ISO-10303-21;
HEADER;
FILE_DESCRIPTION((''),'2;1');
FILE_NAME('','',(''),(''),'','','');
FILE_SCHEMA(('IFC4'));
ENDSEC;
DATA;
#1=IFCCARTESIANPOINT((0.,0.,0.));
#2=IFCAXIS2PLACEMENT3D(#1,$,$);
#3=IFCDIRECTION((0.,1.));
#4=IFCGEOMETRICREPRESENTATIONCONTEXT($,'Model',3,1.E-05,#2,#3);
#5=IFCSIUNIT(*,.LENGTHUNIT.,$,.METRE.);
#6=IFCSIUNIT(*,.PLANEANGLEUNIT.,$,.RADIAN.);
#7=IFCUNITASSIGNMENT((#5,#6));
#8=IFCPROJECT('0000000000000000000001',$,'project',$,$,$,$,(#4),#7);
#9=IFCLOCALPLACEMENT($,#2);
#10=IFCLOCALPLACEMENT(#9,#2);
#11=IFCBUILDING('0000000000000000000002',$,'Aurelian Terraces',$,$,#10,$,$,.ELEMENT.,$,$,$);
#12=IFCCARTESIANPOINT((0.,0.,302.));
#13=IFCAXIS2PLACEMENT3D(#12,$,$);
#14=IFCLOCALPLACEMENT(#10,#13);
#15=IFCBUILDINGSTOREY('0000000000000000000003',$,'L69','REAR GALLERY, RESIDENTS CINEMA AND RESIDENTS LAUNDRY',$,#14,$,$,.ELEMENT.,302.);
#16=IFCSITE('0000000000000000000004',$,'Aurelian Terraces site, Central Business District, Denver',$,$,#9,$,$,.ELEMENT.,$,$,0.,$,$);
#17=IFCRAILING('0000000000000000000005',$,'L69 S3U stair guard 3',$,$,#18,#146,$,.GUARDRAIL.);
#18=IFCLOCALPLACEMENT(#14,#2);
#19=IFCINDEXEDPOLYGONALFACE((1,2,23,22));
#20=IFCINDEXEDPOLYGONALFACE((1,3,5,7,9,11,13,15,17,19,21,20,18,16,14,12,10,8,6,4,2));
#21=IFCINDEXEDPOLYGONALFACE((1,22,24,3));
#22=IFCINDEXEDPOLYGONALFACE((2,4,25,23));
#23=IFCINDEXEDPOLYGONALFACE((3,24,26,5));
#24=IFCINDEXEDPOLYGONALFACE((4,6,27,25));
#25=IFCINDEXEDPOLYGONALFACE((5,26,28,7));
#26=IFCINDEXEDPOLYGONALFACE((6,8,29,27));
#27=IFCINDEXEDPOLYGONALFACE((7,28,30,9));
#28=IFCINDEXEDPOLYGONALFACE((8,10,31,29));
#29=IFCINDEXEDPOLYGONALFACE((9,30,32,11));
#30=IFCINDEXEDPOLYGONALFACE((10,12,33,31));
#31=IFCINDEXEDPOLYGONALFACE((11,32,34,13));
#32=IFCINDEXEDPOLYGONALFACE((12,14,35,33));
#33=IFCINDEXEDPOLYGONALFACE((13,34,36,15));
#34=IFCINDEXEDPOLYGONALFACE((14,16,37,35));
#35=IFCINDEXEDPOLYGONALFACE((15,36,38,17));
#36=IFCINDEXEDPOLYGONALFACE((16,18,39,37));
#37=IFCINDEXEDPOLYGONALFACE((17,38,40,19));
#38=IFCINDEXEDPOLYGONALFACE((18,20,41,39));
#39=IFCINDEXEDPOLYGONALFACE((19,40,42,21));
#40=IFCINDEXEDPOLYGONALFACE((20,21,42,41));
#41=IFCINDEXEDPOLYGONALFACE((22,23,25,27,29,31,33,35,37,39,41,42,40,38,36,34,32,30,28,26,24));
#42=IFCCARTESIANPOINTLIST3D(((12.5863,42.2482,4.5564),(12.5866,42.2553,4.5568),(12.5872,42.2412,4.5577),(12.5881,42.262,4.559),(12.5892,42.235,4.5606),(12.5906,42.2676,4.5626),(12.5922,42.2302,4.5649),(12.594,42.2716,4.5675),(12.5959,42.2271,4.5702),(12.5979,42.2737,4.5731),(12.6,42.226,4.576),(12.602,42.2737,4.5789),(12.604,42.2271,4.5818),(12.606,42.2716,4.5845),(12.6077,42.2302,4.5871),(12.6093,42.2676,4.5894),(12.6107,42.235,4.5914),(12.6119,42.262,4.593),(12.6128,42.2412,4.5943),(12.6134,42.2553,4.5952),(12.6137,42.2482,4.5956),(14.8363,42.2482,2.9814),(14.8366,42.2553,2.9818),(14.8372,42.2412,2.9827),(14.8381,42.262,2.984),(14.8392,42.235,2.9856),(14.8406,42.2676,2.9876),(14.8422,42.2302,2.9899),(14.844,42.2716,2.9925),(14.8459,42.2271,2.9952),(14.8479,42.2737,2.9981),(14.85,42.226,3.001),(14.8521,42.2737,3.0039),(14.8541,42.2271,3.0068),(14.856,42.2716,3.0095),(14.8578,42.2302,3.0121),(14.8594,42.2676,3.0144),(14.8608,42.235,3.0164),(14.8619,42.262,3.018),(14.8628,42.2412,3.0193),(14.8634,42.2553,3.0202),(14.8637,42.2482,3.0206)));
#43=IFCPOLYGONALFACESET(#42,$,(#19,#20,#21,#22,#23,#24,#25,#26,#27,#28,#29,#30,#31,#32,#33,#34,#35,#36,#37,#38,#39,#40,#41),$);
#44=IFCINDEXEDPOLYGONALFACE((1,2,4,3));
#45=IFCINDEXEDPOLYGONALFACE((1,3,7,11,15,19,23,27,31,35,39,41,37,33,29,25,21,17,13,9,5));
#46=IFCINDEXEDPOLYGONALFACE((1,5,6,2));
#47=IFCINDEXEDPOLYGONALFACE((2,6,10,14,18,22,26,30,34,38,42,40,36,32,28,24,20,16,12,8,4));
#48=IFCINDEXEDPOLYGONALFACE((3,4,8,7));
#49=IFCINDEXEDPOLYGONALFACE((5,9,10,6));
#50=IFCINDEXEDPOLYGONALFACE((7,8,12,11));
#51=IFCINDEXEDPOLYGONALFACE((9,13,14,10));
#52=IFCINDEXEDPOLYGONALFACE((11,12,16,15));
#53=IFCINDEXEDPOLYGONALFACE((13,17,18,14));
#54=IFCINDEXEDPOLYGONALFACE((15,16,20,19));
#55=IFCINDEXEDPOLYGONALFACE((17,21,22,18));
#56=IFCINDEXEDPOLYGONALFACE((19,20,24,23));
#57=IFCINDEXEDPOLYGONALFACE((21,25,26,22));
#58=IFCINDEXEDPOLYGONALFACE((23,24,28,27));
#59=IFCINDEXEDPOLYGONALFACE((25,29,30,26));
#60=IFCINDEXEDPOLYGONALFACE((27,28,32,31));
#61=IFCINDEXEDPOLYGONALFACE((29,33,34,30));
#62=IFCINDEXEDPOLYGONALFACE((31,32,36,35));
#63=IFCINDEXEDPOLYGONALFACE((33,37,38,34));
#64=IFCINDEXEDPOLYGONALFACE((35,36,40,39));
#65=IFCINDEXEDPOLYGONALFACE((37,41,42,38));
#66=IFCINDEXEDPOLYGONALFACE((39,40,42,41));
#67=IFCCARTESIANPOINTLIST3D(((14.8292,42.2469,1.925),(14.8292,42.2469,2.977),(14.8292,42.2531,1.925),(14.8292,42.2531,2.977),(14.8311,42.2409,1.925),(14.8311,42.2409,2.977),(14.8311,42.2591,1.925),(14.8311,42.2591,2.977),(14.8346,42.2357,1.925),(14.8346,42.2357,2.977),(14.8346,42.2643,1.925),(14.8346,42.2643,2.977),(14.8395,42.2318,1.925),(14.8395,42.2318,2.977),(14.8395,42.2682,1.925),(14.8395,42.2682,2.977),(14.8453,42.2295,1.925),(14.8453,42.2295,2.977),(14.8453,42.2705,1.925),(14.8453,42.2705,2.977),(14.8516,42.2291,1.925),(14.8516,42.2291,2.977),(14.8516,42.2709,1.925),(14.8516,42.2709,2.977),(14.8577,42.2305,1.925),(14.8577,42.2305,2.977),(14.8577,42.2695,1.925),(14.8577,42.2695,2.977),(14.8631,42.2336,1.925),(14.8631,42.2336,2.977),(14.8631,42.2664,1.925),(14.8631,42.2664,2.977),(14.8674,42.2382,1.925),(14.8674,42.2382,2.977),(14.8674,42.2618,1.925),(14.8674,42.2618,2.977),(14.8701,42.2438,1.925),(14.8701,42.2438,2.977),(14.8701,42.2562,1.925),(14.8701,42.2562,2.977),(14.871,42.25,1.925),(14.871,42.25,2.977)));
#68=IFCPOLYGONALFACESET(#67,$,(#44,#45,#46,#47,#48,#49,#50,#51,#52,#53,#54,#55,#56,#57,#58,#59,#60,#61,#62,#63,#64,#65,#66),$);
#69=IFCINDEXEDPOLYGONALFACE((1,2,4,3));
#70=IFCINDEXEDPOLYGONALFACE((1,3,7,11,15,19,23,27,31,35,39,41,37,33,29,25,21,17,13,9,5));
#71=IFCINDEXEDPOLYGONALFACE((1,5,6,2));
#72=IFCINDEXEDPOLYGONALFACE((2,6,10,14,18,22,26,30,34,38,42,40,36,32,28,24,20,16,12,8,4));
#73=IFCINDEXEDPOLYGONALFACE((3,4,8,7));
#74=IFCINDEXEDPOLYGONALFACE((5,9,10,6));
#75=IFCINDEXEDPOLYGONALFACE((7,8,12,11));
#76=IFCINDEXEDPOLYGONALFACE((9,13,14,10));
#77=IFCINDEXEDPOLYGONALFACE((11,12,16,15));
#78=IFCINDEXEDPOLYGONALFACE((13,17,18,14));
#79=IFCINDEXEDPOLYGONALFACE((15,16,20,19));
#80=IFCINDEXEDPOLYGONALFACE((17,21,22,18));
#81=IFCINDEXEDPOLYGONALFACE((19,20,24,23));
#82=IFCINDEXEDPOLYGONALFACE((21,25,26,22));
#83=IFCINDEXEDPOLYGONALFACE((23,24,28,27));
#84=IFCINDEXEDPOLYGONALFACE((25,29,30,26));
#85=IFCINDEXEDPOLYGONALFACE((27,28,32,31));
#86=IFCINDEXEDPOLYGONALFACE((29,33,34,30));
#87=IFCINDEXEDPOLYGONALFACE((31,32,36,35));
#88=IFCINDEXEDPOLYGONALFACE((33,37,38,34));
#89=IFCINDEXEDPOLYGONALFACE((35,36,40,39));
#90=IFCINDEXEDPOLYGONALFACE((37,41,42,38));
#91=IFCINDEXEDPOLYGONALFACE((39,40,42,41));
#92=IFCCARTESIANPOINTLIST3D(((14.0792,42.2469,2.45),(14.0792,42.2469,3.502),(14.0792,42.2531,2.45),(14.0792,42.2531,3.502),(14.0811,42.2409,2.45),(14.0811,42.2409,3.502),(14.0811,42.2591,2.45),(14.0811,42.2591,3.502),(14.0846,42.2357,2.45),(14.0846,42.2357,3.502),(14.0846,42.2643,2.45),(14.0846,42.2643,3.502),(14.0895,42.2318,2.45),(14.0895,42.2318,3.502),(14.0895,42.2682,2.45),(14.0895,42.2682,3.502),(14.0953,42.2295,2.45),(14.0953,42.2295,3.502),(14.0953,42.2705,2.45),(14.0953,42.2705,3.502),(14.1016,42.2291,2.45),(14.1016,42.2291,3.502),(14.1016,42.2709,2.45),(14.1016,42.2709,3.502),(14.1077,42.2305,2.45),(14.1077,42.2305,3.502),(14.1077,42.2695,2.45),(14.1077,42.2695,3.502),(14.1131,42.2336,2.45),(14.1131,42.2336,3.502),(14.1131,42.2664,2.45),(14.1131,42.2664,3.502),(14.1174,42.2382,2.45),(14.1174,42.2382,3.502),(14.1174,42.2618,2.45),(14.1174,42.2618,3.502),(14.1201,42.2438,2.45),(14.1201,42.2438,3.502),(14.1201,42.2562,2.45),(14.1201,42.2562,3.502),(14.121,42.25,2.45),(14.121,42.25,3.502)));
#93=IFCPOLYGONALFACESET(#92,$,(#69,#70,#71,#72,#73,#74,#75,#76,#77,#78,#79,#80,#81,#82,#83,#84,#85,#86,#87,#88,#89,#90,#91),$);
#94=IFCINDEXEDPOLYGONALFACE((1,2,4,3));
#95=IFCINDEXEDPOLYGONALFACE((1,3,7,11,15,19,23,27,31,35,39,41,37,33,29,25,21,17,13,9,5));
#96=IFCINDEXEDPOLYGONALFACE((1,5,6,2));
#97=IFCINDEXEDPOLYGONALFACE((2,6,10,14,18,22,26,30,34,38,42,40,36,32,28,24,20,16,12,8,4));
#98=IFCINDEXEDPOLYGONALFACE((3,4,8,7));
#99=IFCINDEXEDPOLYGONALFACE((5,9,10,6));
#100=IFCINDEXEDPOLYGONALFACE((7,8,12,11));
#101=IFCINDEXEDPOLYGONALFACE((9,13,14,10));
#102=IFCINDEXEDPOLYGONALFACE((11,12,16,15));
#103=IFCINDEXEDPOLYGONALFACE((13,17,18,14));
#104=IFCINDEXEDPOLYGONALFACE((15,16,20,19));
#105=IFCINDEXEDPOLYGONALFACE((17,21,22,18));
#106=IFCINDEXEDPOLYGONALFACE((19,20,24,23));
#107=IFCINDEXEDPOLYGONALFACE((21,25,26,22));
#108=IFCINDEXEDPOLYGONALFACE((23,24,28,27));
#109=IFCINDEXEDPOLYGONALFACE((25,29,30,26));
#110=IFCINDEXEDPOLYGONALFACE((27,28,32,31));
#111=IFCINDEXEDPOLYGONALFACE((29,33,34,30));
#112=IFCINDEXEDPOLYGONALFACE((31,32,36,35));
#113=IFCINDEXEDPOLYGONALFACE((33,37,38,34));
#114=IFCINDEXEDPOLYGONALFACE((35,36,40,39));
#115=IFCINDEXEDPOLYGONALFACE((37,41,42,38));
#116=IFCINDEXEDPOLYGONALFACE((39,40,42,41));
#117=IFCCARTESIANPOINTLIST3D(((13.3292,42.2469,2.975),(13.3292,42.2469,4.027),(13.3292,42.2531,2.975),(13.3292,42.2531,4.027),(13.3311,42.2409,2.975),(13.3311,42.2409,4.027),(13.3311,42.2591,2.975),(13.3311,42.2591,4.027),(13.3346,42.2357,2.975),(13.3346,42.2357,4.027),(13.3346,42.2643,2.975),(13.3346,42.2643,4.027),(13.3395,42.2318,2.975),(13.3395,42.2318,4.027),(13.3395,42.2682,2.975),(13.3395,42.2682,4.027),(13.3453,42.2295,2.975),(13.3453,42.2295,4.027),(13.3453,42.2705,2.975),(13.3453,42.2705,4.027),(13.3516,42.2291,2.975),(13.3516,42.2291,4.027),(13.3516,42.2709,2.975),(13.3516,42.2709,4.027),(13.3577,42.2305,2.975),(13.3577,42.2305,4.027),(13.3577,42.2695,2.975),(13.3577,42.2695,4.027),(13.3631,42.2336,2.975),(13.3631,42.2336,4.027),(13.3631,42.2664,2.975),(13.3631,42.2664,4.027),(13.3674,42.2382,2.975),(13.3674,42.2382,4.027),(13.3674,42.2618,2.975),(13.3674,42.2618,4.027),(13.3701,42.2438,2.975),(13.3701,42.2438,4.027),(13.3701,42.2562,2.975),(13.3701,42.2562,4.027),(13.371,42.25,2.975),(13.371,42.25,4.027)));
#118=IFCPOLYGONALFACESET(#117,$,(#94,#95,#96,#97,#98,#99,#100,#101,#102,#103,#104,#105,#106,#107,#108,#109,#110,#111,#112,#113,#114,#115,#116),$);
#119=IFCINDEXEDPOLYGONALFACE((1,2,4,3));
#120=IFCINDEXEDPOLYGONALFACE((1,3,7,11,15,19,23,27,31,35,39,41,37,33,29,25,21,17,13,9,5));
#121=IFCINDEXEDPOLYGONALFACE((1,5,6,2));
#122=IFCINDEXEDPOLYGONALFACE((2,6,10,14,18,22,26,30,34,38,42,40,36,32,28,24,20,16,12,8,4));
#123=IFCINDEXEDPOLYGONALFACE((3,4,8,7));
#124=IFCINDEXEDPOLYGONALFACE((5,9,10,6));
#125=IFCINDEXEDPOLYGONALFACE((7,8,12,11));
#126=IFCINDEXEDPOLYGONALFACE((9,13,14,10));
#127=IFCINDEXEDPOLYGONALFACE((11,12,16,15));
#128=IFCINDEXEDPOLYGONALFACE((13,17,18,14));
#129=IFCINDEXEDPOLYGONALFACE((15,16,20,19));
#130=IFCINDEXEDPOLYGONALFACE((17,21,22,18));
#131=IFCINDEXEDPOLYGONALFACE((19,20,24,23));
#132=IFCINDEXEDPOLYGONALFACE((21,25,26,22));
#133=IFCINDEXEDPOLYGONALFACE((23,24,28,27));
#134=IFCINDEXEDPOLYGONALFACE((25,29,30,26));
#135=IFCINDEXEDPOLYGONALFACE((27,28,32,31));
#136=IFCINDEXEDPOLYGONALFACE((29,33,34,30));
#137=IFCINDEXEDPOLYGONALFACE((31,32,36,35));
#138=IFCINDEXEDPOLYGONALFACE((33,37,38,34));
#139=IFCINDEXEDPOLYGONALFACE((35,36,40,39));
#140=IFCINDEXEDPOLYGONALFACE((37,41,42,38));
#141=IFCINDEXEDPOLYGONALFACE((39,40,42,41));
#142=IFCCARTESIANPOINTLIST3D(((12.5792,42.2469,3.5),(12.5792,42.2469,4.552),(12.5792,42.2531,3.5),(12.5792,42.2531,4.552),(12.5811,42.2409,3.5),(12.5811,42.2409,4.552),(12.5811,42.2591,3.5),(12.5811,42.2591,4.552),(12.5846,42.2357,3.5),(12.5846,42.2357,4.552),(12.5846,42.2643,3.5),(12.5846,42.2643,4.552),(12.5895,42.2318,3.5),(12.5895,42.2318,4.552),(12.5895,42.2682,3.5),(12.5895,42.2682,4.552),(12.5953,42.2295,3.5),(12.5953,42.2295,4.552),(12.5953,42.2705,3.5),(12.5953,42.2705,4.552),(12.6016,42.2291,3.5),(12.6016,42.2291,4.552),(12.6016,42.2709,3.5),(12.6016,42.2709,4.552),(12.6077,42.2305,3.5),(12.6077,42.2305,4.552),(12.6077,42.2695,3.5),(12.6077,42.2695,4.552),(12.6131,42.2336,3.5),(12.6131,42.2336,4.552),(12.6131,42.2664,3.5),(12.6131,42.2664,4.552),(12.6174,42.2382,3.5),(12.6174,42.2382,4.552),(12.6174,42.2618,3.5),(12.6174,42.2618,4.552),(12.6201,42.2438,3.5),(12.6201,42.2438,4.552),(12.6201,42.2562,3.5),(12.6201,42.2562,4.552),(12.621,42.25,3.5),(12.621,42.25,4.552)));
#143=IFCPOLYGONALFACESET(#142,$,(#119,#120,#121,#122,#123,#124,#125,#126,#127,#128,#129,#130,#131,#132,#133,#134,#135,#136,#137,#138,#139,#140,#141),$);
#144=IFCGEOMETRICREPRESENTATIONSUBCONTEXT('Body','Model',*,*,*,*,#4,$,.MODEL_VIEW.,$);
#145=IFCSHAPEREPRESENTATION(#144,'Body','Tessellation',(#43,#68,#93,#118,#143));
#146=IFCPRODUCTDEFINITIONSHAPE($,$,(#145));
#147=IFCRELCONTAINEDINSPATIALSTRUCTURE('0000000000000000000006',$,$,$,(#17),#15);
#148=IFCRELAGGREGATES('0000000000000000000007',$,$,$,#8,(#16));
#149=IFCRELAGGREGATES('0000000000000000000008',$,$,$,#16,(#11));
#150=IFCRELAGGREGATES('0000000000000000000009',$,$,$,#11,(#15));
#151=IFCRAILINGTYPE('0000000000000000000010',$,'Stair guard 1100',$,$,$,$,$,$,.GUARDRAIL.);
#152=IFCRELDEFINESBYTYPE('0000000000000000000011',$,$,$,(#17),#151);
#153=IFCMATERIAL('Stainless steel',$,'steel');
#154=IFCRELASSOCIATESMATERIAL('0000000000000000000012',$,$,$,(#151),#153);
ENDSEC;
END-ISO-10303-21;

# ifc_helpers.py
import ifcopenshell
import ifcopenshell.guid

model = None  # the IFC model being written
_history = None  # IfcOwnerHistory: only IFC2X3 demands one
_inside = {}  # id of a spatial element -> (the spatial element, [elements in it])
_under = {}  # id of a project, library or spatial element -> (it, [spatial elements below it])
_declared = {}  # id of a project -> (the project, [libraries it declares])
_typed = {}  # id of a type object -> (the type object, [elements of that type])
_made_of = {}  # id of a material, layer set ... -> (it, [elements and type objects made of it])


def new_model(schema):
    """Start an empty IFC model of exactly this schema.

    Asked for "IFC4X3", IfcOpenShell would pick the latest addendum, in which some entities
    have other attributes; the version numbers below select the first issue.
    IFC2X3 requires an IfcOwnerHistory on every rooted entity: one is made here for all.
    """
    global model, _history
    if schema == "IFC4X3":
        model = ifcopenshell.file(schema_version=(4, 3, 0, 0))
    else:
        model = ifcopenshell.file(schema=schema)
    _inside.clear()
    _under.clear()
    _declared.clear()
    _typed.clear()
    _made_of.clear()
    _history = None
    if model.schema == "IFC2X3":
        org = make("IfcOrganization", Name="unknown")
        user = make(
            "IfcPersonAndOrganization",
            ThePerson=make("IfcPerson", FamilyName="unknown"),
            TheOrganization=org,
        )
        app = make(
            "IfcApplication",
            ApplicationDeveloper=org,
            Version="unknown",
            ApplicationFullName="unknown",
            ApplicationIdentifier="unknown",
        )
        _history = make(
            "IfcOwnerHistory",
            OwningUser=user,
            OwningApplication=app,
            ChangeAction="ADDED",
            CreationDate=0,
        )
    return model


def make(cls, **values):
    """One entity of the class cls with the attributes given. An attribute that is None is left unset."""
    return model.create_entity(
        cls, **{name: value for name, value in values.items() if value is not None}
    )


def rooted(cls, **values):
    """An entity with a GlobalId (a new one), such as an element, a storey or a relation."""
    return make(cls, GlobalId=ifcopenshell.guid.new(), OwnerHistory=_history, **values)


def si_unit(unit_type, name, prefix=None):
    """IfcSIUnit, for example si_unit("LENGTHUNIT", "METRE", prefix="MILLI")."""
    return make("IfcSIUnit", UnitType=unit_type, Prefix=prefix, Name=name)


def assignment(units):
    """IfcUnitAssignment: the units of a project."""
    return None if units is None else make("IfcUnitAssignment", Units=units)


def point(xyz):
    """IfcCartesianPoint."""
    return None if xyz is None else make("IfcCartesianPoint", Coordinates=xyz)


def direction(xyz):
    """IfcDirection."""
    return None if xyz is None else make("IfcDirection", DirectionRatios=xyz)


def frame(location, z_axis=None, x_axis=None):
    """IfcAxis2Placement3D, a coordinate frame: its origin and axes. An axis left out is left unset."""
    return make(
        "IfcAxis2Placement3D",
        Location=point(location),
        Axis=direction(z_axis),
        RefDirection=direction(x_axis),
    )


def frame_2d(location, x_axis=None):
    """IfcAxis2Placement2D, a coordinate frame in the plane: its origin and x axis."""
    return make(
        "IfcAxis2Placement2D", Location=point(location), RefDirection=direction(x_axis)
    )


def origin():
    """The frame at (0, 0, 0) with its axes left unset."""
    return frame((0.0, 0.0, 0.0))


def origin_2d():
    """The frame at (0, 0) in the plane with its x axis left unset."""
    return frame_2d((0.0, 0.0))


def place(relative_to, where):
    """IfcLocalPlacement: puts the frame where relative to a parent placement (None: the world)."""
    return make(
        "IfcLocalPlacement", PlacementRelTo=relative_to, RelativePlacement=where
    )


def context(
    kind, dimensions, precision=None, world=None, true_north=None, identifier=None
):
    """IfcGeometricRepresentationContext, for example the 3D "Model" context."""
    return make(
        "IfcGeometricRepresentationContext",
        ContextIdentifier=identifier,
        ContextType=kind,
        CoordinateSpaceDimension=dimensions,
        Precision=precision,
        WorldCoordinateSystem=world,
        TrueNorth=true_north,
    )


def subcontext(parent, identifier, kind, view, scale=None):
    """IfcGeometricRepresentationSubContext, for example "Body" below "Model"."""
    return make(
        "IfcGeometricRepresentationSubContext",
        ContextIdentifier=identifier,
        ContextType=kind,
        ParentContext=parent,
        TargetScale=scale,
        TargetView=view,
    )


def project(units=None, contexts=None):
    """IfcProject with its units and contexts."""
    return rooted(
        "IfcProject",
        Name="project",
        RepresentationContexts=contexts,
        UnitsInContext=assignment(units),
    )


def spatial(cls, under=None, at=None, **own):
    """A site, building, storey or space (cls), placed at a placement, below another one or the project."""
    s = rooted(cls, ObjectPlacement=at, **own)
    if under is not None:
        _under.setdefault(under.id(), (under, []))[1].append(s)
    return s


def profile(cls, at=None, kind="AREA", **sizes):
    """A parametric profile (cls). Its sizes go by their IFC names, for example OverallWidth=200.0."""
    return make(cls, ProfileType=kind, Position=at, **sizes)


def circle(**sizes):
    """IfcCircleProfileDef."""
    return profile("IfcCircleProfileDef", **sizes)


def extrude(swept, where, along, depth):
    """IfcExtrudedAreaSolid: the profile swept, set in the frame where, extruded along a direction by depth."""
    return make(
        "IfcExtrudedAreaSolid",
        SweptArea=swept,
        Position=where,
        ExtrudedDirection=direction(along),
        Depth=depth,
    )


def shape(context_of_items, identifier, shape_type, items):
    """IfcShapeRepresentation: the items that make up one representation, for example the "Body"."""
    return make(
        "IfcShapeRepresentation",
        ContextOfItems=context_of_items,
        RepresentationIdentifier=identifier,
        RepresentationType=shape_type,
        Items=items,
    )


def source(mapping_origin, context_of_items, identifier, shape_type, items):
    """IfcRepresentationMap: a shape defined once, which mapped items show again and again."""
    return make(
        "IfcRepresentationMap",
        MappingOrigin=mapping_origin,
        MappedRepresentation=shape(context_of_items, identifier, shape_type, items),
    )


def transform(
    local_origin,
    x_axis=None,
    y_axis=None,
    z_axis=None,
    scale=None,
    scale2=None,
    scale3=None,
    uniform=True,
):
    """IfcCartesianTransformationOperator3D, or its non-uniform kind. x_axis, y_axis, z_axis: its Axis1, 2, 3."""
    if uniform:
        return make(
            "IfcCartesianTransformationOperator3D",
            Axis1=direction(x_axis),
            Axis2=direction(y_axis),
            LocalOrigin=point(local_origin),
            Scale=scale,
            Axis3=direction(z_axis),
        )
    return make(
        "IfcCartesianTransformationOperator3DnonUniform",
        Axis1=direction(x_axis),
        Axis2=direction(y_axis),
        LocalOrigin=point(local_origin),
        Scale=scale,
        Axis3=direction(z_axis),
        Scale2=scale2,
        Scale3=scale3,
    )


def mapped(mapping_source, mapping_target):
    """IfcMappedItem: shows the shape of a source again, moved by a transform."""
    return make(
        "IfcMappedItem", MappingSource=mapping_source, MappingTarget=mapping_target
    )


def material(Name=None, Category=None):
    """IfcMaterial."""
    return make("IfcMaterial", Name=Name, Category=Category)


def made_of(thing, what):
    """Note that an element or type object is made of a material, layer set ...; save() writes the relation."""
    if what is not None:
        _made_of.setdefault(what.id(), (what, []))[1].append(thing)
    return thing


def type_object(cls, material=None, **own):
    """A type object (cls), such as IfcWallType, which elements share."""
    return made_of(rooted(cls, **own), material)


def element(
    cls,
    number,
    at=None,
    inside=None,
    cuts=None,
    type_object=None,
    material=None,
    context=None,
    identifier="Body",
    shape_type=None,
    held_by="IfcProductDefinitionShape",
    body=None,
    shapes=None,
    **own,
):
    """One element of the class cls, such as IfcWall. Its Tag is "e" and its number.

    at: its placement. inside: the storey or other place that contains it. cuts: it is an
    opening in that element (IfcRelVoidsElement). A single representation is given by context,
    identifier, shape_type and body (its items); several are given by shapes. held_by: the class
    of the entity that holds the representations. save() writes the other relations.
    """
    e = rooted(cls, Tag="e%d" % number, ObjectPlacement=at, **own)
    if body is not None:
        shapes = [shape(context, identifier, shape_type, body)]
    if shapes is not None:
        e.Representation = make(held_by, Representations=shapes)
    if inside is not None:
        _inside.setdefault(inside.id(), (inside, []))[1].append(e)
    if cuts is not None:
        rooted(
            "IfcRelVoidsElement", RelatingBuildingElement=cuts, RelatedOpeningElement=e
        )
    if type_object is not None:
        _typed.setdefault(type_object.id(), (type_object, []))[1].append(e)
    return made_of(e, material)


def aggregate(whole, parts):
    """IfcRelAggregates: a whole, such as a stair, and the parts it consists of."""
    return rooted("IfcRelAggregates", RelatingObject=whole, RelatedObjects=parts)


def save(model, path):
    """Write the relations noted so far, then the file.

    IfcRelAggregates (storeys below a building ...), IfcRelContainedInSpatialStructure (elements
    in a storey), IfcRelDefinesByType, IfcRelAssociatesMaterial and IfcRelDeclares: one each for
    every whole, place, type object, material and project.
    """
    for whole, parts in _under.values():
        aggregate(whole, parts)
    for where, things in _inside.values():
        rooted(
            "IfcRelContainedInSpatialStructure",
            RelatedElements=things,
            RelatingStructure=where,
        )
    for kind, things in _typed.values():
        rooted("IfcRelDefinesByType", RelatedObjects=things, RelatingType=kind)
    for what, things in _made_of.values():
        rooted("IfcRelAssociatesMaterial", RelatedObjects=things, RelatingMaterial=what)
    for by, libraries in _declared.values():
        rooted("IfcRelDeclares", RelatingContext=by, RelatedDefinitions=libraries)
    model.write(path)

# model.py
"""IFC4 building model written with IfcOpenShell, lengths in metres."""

from ifc_helpers import new_model, si_unit, direction, frame, origin, origin_2d, place, context, subcontext, project, spatial, circle, extrude, source, transform, mapped, material, type_object, element, save


model = new_model("IFC4")

# Units and contexts
model_context = context("Model", 3, precision=1e-05, world=origin(), true_north=direction((0.0, 1.0)))
body_context = subcontext(model_context, "Body", "Model", "MODEL_VIEW")
ifc_project = project(units=[si_unit("LENGTHUNIT", "METRE"), si_unit("PLANEANGLEUNIT", "RADIAN")], contexts=[model_context])

# Site, building, storey
site_placement = place(None, origin())
site = spatial("IfcSite", under=ifc_project, at=site_placement, Name="Aurelian Terraces site, Central Business District, Denver", CompositionType="ELEMENT", RefElevation=0.0)
building_placement = place(site_placement, origin())
building = spatial("IfcBuilding", under=site, at=building_placement, Name="Aurelian Terraces", CompositionType="ELEMENT")
storey_placement = place(building_placement, frame((0.0, 0.0, 302.0)))
storey = spatial("IfcBuildingStorey", under=building, at=storey_placement, Name="L69", Description="REAR GALLERY, RESIDENTS CINEMA AND RESIDENTS LAUNDRY", CompositionType="ELEMENT", Elevation=302.0)

# Railing
ifc_material_1 = material(Name="Stainless steel", Category="steel")
railing_type_1 = type_object("IfcRailingType", Name="Stair guard 1100", PredefinedType="GUARDRAIL", material=ifc_material_1)
shared_shape_1 = source(origin(), body_context, "Body", "SweptSolid", [
    extrude(circle(Radius=0.024, at=origin_2d()), frame((0.0, 0.0, 1.076), z_axis=(-0.819232, 0.0, 0.573462), x_axis=(0.0, -1.0, 0.0)), (0.0, 0.0, 1.0), 2.7465),
    extrude(circle(Radius=0.021, at=origin_2d()), origin(), (0.0, 0.0, 1.0), 1.052),
    extrude(circle(Radius=0.021, at=origin_2d()), frame((-0.75, 0.0, 0.525)), (0.0, 0.0, 1.0), 1.052),
    extrude(circle(Radius=0.021, at=origin_2d()), frame((-1.5, 0.0, 1.05)), (0.0, 0.0, 1.0), 1.052),
    extrude(circle(Radius=0.021, at=origin_2d()), frame((-2.25, 0.0, 1.575)), (0.0, 0.0, 1.0), 1.052),
])
railing_1_placement = place(storey_placement, frame((14.85, 42.25, 1.925)))
element("IfcRailing", 1, at=railing_1_placement, inside=storey, type_object=railing_type_1, Name="L69 S3U stair guard 3", PredefinedType="GUARDRAIL", context=body_context, shape_type="MappedRepresentation", body=[
    mapped(shared_shape_1, transform((0.0, 0.0, 0.0), scale=1.0)),
])

save(model, "model.ifc")
